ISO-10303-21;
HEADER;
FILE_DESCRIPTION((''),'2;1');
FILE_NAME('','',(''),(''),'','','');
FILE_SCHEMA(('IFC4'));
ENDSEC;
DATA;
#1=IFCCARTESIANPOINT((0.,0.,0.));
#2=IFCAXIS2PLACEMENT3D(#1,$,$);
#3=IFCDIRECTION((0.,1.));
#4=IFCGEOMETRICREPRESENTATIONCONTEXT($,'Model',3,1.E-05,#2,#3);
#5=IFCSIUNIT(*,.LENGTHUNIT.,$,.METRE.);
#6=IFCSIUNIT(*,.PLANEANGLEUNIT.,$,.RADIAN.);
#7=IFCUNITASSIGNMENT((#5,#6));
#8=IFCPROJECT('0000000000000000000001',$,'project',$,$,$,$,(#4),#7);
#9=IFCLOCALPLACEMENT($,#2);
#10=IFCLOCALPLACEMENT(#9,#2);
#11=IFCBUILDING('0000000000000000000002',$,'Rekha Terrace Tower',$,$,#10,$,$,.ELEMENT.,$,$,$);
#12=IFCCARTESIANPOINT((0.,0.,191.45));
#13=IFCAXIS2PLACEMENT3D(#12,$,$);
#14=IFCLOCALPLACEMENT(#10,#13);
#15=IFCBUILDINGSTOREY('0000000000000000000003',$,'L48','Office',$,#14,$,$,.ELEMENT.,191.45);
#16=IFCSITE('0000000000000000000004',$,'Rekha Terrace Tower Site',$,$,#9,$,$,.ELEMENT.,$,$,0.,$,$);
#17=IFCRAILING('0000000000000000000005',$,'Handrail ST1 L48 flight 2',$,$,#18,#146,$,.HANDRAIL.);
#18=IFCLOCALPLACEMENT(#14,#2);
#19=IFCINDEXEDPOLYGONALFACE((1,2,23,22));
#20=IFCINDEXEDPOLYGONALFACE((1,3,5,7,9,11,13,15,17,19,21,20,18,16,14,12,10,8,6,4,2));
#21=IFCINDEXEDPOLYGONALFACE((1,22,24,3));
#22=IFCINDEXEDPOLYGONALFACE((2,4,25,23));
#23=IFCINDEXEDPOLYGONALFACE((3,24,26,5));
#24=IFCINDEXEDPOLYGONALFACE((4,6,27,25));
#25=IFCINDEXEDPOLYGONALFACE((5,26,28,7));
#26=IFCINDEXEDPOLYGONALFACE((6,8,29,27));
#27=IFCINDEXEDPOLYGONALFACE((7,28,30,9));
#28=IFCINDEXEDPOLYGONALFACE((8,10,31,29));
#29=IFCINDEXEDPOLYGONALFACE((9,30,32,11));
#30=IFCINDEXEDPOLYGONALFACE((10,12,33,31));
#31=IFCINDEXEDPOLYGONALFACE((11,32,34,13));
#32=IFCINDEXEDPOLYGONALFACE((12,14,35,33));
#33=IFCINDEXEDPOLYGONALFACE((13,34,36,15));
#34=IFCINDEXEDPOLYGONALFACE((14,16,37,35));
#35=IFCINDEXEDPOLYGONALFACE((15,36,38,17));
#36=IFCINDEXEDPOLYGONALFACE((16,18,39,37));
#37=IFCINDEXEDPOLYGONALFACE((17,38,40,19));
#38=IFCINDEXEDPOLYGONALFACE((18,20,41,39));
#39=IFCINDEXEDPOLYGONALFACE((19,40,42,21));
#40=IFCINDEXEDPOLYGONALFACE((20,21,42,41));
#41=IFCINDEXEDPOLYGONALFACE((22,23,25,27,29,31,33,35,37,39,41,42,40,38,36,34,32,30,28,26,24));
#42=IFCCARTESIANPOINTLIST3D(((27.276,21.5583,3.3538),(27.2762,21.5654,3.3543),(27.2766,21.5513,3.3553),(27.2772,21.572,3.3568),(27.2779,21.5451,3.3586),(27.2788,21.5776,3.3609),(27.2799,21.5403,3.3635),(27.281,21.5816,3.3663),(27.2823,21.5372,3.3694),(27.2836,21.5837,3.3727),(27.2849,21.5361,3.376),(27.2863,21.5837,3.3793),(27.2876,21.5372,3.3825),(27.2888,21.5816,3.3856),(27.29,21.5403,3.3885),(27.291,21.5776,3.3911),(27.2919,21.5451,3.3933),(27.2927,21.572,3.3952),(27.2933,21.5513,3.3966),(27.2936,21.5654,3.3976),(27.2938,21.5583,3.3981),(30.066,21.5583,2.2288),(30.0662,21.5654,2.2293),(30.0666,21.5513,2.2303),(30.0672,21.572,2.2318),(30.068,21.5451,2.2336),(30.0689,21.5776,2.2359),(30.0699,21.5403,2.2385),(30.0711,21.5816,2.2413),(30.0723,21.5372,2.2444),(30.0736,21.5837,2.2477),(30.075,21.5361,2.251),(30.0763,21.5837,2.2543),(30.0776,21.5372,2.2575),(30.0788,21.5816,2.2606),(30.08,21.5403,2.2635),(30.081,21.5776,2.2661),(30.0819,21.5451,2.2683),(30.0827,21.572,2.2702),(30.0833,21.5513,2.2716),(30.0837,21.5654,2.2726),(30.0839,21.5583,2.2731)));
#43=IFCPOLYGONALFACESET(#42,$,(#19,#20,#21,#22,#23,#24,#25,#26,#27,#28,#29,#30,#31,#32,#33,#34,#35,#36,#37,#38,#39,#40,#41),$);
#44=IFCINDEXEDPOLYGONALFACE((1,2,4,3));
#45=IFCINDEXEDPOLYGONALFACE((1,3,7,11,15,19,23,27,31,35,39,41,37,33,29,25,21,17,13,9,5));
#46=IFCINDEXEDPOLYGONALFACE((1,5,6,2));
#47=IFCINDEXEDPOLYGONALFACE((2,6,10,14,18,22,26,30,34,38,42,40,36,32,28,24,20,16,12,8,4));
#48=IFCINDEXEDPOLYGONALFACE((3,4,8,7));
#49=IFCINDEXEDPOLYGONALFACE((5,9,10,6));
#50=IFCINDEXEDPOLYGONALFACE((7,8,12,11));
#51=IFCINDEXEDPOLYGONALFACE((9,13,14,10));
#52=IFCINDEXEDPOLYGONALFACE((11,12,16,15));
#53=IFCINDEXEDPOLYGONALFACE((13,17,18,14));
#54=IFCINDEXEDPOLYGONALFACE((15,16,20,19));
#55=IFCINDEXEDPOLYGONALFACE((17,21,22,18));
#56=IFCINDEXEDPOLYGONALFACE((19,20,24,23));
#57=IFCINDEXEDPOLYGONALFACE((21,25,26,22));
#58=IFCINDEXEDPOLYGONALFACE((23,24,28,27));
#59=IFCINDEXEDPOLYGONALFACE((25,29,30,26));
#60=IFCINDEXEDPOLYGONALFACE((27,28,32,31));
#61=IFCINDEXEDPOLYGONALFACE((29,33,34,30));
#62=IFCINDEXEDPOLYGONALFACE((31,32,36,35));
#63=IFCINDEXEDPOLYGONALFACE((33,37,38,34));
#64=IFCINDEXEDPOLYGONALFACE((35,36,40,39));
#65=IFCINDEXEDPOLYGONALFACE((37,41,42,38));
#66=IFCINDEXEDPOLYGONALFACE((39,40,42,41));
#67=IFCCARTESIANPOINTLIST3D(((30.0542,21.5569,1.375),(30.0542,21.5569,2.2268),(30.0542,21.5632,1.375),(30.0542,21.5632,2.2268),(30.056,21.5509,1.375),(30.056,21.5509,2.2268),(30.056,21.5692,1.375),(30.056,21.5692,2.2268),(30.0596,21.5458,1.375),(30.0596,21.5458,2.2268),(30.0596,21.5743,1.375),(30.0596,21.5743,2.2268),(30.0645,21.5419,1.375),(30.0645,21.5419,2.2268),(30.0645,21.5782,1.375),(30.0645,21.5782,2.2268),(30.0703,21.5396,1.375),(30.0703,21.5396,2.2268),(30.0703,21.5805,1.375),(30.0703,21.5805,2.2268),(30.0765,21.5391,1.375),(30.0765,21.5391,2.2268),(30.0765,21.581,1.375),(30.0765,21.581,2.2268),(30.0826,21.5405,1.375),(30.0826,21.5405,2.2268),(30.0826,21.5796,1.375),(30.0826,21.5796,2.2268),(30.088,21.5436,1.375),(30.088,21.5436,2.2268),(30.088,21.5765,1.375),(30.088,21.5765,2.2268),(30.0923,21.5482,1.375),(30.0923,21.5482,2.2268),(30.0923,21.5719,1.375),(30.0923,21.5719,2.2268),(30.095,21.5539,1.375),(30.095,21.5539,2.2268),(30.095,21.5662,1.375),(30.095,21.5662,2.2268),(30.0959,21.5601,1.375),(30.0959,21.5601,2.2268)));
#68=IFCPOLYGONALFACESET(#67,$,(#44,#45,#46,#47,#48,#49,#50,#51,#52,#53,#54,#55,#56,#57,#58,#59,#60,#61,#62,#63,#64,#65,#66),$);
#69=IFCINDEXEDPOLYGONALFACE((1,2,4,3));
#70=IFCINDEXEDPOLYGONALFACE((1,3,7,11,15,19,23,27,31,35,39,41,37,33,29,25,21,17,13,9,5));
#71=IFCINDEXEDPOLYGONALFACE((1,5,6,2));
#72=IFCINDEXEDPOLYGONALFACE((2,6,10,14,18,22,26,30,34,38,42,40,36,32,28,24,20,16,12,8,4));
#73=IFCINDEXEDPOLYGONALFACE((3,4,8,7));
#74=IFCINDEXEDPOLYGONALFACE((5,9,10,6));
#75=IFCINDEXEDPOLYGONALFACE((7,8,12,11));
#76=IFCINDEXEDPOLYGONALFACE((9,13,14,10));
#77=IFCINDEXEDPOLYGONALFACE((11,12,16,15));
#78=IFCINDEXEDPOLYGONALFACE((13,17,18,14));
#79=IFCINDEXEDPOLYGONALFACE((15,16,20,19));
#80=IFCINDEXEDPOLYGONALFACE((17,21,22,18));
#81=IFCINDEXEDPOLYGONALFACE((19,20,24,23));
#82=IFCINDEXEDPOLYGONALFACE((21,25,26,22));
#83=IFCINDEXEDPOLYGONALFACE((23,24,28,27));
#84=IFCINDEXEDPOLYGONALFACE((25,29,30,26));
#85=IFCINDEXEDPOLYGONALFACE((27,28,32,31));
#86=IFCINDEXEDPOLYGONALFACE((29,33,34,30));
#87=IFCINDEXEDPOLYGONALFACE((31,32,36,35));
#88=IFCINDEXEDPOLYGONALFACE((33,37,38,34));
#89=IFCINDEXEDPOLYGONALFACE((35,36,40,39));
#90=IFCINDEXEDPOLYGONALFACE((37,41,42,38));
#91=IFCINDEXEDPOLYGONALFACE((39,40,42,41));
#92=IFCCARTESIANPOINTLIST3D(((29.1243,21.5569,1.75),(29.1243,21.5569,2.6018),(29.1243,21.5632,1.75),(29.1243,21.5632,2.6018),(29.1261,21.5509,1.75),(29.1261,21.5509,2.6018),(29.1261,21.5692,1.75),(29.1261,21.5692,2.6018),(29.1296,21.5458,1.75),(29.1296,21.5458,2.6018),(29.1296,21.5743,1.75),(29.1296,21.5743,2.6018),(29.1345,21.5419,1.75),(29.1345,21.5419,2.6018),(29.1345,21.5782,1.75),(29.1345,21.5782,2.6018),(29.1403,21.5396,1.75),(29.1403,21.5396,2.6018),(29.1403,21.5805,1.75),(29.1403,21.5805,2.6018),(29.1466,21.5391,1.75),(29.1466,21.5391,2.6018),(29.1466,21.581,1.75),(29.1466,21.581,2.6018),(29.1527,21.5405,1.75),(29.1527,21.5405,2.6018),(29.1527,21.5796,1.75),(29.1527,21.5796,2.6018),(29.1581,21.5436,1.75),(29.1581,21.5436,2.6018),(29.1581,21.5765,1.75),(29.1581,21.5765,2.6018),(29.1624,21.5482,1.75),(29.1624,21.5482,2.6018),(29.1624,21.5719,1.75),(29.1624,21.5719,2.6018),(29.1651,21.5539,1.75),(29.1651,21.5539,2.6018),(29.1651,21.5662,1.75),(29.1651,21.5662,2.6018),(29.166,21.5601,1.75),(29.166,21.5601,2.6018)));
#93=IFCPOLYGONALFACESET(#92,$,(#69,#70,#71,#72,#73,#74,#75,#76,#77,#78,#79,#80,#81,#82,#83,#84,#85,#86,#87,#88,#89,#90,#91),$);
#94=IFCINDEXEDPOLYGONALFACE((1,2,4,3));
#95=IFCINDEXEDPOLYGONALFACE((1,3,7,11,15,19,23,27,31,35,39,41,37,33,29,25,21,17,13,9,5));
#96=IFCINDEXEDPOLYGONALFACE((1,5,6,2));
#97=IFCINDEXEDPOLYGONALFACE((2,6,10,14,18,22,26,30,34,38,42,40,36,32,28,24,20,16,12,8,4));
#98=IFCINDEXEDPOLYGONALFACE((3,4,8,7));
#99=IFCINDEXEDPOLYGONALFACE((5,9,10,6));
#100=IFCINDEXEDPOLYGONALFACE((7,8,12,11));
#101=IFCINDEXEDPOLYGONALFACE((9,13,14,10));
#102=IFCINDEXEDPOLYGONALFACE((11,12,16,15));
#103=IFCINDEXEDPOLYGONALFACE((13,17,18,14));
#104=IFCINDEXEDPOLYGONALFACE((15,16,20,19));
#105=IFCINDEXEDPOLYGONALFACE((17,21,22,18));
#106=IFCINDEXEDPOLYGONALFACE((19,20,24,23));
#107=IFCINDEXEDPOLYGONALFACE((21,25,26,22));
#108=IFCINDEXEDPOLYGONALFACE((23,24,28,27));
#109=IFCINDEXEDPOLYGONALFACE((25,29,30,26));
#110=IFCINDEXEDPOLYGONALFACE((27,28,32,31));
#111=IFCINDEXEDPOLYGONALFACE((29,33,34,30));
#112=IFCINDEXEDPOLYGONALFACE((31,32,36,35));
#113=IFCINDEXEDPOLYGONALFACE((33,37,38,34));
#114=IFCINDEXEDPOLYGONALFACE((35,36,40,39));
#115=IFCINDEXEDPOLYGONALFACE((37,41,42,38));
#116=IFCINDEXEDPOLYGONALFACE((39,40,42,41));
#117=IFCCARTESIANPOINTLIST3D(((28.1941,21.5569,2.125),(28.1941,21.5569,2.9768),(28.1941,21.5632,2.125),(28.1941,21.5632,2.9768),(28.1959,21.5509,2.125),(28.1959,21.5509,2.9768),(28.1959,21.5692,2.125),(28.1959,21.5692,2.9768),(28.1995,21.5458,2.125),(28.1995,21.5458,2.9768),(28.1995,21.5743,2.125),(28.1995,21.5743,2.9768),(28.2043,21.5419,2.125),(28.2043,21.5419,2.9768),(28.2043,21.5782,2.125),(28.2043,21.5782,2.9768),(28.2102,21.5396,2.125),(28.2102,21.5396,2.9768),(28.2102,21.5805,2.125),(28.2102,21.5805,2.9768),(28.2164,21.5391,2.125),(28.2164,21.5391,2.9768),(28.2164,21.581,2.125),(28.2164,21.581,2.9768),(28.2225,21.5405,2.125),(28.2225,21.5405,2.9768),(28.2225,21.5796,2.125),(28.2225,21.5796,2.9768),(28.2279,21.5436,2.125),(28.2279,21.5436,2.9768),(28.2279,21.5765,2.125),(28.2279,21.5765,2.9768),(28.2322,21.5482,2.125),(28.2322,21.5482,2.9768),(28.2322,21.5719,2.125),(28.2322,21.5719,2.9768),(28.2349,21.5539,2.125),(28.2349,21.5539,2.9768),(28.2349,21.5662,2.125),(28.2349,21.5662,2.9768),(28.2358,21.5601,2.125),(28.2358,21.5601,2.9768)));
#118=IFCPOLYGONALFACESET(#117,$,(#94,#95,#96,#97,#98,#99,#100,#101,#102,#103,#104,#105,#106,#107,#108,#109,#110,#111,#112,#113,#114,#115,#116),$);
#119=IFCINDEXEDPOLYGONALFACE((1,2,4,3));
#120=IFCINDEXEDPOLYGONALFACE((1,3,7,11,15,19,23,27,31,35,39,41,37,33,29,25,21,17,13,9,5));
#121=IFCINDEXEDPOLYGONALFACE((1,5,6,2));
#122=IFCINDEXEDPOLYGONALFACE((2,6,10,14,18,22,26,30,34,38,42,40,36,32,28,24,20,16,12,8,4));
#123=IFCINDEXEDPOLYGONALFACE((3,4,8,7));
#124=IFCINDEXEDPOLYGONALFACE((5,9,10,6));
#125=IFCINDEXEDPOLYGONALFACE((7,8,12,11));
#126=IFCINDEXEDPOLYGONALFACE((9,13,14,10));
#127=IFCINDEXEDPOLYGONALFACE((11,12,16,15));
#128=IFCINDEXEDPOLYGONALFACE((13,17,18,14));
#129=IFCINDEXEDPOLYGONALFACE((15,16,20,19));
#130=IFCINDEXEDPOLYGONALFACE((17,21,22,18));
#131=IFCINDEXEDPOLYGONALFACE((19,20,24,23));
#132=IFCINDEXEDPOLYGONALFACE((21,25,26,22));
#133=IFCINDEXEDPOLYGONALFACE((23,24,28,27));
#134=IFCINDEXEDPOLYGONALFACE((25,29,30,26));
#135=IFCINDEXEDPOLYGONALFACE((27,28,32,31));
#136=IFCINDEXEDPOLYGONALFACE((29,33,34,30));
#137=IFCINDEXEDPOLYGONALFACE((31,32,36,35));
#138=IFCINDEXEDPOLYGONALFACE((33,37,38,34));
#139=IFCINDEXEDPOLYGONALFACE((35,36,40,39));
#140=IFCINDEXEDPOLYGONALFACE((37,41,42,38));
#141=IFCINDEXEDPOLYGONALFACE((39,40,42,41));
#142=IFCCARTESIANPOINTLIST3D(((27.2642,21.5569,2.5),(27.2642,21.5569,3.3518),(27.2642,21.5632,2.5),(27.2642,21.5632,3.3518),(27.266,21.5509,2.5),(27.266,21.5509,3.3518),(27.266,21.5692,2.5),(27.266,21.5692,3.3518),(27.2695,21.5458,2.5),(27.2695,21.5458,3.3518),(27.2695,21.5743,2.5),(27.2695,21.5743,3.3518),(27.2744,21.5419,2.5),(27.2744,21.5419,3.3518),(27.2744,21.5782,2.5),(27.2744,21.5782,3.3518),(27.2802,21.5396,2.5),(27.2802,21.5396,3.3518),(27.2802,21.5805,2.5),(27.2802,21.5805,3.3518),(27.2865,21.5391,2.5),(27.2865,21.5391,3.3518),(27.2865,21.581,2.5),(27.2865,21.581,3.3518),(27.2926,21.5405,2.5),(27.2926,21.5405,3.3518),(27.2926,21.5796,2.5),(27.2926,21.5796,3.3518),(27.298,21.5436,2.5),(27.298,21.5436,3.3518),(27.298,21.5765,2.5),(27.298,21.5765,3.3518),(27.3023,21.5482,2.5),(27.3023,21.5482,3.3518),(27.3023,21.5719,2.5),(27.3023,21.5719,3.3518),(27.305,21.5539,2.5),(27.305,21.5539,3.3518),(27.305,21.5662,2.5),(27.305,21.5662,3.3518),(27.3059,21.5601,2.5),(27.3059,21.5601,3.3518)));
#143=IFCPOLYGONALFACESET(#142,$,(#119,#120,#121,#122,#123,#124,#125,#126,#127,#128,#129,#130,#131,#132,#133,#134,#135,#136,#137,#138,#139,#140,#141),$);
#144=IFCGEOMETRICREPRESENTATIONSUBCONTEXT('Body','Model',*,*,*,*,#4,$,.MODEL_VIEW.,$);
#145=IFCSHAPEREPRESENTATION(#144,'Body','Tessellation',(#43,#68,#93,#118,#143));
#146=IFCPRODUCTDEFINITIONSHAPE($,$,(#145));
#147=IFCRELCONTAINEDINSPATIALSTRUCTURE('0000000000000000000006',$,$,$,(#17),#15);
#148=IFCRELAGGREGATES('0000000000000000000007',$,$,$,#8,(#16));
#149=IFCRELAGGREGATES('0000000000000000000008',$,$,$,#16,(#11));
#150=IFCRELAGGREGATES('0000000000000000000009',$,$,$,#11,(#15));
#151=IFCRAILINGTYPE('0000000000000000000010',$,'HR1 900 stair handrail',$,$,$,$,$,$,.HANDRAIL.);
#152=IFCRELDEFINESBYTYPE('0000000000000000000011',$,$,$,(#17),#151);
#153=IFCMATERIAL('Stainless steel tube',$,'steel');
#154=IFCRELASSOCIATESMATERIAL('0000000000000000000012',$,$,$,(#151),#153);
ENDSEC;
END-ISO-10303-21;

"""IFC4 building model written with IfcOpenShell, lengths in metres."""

from ifc_helpers import new_model, si_unit, direction, frame, origin, origin_2d, place, context, subcontext, project, spatial, circle, extrude, material, type_object, element, save


model = new_model("IFC4")

# Units and contexts
model_context = context("Model", 3, precision=1e-05, world=origin(), true_north=direction((0.0, 1.0)))
body_context = subcontext(model_context, "Body", "Model", "MODEL_VIEW")
ifc_project = project(units=[si_unit("LENGTHUNIT", "METRE"), si_unit("PLANEANGLEUNIT", "RADIAN")], contexts=[model_context])

# Site, building, storey
site_placement = place(None, origin())
site = spatial("IfcSite", under=ifc_project, at=site_placement, Name="Rekha Terrace Tower Site", CompositionType="ELEMENT", RefElevation=0.0)
building_placement = place(site_placement, origin())
building = spatial("IfcBuilding", under=site, at=building_placement, Name="Rekha Terrace Tower", CompositionType="ELEMENT")
storey_placement = place(building_placement, frame((0.0, 0.0, 191.45)))
storey = spatial("IfcBuildingStorey", under=building, at=storey_placement, Name="L48", Description="Office", CompositionType="ELEMENT", Elevation=191.45)

# Railing
ifc_material_1 = material(Name="Stainless steel tube", Category="steel")
railing_type_1 = type_object("IfcRailingType", Name="HR1 900 stair handrail", PredefinedType="HANDRAIL", material=ifc_material_1)
railing_1_placement = place(storey_placement, frame((30.075, 21.5601, 1.375)))
element("IfcRailing", 1, at=railing_1_placement, inside=storey, type_object=railing_type_1, Name="Handrail ST1 L48 flight 2", PredefinedType="HANDRAIL", context=body_context, shape_type="SweptSolid", body=[
    extrude(circle(Radius=0.0239, at=origin_2d()), frame((0.0, 0.0, 0.876), z_axis=(-0.927443, 0.0, 0.373964), x_axis=(0.0, -1.0, 0.0)), (0.0, 0.0, 1.0), 3.0083),
    extrude(circle(Radius=0.021, at=origin_2d()), origin(), (0.0, 0.0, 1.0), 0.8518),
    extrude(circle(Radius=0.021, at=origin_2d()), frame((-0.9299, 0.0, 0.375)), (0.0, 0.0, 1.0), 0.8518),
    extrude(circle(Radius=0.021, at=origin_2d()), frame((-1.8601, 0.0, 0.75)), (0.0, 0.0, 1.0), 0.8518),
    extrude(circle(Radius=0.021, at=origin_2d()), frame((-2.79, 0.0, 1.125)), (0.0, 0.0, 1.0), 0.8518),
])

save(model, "model.ifc")
